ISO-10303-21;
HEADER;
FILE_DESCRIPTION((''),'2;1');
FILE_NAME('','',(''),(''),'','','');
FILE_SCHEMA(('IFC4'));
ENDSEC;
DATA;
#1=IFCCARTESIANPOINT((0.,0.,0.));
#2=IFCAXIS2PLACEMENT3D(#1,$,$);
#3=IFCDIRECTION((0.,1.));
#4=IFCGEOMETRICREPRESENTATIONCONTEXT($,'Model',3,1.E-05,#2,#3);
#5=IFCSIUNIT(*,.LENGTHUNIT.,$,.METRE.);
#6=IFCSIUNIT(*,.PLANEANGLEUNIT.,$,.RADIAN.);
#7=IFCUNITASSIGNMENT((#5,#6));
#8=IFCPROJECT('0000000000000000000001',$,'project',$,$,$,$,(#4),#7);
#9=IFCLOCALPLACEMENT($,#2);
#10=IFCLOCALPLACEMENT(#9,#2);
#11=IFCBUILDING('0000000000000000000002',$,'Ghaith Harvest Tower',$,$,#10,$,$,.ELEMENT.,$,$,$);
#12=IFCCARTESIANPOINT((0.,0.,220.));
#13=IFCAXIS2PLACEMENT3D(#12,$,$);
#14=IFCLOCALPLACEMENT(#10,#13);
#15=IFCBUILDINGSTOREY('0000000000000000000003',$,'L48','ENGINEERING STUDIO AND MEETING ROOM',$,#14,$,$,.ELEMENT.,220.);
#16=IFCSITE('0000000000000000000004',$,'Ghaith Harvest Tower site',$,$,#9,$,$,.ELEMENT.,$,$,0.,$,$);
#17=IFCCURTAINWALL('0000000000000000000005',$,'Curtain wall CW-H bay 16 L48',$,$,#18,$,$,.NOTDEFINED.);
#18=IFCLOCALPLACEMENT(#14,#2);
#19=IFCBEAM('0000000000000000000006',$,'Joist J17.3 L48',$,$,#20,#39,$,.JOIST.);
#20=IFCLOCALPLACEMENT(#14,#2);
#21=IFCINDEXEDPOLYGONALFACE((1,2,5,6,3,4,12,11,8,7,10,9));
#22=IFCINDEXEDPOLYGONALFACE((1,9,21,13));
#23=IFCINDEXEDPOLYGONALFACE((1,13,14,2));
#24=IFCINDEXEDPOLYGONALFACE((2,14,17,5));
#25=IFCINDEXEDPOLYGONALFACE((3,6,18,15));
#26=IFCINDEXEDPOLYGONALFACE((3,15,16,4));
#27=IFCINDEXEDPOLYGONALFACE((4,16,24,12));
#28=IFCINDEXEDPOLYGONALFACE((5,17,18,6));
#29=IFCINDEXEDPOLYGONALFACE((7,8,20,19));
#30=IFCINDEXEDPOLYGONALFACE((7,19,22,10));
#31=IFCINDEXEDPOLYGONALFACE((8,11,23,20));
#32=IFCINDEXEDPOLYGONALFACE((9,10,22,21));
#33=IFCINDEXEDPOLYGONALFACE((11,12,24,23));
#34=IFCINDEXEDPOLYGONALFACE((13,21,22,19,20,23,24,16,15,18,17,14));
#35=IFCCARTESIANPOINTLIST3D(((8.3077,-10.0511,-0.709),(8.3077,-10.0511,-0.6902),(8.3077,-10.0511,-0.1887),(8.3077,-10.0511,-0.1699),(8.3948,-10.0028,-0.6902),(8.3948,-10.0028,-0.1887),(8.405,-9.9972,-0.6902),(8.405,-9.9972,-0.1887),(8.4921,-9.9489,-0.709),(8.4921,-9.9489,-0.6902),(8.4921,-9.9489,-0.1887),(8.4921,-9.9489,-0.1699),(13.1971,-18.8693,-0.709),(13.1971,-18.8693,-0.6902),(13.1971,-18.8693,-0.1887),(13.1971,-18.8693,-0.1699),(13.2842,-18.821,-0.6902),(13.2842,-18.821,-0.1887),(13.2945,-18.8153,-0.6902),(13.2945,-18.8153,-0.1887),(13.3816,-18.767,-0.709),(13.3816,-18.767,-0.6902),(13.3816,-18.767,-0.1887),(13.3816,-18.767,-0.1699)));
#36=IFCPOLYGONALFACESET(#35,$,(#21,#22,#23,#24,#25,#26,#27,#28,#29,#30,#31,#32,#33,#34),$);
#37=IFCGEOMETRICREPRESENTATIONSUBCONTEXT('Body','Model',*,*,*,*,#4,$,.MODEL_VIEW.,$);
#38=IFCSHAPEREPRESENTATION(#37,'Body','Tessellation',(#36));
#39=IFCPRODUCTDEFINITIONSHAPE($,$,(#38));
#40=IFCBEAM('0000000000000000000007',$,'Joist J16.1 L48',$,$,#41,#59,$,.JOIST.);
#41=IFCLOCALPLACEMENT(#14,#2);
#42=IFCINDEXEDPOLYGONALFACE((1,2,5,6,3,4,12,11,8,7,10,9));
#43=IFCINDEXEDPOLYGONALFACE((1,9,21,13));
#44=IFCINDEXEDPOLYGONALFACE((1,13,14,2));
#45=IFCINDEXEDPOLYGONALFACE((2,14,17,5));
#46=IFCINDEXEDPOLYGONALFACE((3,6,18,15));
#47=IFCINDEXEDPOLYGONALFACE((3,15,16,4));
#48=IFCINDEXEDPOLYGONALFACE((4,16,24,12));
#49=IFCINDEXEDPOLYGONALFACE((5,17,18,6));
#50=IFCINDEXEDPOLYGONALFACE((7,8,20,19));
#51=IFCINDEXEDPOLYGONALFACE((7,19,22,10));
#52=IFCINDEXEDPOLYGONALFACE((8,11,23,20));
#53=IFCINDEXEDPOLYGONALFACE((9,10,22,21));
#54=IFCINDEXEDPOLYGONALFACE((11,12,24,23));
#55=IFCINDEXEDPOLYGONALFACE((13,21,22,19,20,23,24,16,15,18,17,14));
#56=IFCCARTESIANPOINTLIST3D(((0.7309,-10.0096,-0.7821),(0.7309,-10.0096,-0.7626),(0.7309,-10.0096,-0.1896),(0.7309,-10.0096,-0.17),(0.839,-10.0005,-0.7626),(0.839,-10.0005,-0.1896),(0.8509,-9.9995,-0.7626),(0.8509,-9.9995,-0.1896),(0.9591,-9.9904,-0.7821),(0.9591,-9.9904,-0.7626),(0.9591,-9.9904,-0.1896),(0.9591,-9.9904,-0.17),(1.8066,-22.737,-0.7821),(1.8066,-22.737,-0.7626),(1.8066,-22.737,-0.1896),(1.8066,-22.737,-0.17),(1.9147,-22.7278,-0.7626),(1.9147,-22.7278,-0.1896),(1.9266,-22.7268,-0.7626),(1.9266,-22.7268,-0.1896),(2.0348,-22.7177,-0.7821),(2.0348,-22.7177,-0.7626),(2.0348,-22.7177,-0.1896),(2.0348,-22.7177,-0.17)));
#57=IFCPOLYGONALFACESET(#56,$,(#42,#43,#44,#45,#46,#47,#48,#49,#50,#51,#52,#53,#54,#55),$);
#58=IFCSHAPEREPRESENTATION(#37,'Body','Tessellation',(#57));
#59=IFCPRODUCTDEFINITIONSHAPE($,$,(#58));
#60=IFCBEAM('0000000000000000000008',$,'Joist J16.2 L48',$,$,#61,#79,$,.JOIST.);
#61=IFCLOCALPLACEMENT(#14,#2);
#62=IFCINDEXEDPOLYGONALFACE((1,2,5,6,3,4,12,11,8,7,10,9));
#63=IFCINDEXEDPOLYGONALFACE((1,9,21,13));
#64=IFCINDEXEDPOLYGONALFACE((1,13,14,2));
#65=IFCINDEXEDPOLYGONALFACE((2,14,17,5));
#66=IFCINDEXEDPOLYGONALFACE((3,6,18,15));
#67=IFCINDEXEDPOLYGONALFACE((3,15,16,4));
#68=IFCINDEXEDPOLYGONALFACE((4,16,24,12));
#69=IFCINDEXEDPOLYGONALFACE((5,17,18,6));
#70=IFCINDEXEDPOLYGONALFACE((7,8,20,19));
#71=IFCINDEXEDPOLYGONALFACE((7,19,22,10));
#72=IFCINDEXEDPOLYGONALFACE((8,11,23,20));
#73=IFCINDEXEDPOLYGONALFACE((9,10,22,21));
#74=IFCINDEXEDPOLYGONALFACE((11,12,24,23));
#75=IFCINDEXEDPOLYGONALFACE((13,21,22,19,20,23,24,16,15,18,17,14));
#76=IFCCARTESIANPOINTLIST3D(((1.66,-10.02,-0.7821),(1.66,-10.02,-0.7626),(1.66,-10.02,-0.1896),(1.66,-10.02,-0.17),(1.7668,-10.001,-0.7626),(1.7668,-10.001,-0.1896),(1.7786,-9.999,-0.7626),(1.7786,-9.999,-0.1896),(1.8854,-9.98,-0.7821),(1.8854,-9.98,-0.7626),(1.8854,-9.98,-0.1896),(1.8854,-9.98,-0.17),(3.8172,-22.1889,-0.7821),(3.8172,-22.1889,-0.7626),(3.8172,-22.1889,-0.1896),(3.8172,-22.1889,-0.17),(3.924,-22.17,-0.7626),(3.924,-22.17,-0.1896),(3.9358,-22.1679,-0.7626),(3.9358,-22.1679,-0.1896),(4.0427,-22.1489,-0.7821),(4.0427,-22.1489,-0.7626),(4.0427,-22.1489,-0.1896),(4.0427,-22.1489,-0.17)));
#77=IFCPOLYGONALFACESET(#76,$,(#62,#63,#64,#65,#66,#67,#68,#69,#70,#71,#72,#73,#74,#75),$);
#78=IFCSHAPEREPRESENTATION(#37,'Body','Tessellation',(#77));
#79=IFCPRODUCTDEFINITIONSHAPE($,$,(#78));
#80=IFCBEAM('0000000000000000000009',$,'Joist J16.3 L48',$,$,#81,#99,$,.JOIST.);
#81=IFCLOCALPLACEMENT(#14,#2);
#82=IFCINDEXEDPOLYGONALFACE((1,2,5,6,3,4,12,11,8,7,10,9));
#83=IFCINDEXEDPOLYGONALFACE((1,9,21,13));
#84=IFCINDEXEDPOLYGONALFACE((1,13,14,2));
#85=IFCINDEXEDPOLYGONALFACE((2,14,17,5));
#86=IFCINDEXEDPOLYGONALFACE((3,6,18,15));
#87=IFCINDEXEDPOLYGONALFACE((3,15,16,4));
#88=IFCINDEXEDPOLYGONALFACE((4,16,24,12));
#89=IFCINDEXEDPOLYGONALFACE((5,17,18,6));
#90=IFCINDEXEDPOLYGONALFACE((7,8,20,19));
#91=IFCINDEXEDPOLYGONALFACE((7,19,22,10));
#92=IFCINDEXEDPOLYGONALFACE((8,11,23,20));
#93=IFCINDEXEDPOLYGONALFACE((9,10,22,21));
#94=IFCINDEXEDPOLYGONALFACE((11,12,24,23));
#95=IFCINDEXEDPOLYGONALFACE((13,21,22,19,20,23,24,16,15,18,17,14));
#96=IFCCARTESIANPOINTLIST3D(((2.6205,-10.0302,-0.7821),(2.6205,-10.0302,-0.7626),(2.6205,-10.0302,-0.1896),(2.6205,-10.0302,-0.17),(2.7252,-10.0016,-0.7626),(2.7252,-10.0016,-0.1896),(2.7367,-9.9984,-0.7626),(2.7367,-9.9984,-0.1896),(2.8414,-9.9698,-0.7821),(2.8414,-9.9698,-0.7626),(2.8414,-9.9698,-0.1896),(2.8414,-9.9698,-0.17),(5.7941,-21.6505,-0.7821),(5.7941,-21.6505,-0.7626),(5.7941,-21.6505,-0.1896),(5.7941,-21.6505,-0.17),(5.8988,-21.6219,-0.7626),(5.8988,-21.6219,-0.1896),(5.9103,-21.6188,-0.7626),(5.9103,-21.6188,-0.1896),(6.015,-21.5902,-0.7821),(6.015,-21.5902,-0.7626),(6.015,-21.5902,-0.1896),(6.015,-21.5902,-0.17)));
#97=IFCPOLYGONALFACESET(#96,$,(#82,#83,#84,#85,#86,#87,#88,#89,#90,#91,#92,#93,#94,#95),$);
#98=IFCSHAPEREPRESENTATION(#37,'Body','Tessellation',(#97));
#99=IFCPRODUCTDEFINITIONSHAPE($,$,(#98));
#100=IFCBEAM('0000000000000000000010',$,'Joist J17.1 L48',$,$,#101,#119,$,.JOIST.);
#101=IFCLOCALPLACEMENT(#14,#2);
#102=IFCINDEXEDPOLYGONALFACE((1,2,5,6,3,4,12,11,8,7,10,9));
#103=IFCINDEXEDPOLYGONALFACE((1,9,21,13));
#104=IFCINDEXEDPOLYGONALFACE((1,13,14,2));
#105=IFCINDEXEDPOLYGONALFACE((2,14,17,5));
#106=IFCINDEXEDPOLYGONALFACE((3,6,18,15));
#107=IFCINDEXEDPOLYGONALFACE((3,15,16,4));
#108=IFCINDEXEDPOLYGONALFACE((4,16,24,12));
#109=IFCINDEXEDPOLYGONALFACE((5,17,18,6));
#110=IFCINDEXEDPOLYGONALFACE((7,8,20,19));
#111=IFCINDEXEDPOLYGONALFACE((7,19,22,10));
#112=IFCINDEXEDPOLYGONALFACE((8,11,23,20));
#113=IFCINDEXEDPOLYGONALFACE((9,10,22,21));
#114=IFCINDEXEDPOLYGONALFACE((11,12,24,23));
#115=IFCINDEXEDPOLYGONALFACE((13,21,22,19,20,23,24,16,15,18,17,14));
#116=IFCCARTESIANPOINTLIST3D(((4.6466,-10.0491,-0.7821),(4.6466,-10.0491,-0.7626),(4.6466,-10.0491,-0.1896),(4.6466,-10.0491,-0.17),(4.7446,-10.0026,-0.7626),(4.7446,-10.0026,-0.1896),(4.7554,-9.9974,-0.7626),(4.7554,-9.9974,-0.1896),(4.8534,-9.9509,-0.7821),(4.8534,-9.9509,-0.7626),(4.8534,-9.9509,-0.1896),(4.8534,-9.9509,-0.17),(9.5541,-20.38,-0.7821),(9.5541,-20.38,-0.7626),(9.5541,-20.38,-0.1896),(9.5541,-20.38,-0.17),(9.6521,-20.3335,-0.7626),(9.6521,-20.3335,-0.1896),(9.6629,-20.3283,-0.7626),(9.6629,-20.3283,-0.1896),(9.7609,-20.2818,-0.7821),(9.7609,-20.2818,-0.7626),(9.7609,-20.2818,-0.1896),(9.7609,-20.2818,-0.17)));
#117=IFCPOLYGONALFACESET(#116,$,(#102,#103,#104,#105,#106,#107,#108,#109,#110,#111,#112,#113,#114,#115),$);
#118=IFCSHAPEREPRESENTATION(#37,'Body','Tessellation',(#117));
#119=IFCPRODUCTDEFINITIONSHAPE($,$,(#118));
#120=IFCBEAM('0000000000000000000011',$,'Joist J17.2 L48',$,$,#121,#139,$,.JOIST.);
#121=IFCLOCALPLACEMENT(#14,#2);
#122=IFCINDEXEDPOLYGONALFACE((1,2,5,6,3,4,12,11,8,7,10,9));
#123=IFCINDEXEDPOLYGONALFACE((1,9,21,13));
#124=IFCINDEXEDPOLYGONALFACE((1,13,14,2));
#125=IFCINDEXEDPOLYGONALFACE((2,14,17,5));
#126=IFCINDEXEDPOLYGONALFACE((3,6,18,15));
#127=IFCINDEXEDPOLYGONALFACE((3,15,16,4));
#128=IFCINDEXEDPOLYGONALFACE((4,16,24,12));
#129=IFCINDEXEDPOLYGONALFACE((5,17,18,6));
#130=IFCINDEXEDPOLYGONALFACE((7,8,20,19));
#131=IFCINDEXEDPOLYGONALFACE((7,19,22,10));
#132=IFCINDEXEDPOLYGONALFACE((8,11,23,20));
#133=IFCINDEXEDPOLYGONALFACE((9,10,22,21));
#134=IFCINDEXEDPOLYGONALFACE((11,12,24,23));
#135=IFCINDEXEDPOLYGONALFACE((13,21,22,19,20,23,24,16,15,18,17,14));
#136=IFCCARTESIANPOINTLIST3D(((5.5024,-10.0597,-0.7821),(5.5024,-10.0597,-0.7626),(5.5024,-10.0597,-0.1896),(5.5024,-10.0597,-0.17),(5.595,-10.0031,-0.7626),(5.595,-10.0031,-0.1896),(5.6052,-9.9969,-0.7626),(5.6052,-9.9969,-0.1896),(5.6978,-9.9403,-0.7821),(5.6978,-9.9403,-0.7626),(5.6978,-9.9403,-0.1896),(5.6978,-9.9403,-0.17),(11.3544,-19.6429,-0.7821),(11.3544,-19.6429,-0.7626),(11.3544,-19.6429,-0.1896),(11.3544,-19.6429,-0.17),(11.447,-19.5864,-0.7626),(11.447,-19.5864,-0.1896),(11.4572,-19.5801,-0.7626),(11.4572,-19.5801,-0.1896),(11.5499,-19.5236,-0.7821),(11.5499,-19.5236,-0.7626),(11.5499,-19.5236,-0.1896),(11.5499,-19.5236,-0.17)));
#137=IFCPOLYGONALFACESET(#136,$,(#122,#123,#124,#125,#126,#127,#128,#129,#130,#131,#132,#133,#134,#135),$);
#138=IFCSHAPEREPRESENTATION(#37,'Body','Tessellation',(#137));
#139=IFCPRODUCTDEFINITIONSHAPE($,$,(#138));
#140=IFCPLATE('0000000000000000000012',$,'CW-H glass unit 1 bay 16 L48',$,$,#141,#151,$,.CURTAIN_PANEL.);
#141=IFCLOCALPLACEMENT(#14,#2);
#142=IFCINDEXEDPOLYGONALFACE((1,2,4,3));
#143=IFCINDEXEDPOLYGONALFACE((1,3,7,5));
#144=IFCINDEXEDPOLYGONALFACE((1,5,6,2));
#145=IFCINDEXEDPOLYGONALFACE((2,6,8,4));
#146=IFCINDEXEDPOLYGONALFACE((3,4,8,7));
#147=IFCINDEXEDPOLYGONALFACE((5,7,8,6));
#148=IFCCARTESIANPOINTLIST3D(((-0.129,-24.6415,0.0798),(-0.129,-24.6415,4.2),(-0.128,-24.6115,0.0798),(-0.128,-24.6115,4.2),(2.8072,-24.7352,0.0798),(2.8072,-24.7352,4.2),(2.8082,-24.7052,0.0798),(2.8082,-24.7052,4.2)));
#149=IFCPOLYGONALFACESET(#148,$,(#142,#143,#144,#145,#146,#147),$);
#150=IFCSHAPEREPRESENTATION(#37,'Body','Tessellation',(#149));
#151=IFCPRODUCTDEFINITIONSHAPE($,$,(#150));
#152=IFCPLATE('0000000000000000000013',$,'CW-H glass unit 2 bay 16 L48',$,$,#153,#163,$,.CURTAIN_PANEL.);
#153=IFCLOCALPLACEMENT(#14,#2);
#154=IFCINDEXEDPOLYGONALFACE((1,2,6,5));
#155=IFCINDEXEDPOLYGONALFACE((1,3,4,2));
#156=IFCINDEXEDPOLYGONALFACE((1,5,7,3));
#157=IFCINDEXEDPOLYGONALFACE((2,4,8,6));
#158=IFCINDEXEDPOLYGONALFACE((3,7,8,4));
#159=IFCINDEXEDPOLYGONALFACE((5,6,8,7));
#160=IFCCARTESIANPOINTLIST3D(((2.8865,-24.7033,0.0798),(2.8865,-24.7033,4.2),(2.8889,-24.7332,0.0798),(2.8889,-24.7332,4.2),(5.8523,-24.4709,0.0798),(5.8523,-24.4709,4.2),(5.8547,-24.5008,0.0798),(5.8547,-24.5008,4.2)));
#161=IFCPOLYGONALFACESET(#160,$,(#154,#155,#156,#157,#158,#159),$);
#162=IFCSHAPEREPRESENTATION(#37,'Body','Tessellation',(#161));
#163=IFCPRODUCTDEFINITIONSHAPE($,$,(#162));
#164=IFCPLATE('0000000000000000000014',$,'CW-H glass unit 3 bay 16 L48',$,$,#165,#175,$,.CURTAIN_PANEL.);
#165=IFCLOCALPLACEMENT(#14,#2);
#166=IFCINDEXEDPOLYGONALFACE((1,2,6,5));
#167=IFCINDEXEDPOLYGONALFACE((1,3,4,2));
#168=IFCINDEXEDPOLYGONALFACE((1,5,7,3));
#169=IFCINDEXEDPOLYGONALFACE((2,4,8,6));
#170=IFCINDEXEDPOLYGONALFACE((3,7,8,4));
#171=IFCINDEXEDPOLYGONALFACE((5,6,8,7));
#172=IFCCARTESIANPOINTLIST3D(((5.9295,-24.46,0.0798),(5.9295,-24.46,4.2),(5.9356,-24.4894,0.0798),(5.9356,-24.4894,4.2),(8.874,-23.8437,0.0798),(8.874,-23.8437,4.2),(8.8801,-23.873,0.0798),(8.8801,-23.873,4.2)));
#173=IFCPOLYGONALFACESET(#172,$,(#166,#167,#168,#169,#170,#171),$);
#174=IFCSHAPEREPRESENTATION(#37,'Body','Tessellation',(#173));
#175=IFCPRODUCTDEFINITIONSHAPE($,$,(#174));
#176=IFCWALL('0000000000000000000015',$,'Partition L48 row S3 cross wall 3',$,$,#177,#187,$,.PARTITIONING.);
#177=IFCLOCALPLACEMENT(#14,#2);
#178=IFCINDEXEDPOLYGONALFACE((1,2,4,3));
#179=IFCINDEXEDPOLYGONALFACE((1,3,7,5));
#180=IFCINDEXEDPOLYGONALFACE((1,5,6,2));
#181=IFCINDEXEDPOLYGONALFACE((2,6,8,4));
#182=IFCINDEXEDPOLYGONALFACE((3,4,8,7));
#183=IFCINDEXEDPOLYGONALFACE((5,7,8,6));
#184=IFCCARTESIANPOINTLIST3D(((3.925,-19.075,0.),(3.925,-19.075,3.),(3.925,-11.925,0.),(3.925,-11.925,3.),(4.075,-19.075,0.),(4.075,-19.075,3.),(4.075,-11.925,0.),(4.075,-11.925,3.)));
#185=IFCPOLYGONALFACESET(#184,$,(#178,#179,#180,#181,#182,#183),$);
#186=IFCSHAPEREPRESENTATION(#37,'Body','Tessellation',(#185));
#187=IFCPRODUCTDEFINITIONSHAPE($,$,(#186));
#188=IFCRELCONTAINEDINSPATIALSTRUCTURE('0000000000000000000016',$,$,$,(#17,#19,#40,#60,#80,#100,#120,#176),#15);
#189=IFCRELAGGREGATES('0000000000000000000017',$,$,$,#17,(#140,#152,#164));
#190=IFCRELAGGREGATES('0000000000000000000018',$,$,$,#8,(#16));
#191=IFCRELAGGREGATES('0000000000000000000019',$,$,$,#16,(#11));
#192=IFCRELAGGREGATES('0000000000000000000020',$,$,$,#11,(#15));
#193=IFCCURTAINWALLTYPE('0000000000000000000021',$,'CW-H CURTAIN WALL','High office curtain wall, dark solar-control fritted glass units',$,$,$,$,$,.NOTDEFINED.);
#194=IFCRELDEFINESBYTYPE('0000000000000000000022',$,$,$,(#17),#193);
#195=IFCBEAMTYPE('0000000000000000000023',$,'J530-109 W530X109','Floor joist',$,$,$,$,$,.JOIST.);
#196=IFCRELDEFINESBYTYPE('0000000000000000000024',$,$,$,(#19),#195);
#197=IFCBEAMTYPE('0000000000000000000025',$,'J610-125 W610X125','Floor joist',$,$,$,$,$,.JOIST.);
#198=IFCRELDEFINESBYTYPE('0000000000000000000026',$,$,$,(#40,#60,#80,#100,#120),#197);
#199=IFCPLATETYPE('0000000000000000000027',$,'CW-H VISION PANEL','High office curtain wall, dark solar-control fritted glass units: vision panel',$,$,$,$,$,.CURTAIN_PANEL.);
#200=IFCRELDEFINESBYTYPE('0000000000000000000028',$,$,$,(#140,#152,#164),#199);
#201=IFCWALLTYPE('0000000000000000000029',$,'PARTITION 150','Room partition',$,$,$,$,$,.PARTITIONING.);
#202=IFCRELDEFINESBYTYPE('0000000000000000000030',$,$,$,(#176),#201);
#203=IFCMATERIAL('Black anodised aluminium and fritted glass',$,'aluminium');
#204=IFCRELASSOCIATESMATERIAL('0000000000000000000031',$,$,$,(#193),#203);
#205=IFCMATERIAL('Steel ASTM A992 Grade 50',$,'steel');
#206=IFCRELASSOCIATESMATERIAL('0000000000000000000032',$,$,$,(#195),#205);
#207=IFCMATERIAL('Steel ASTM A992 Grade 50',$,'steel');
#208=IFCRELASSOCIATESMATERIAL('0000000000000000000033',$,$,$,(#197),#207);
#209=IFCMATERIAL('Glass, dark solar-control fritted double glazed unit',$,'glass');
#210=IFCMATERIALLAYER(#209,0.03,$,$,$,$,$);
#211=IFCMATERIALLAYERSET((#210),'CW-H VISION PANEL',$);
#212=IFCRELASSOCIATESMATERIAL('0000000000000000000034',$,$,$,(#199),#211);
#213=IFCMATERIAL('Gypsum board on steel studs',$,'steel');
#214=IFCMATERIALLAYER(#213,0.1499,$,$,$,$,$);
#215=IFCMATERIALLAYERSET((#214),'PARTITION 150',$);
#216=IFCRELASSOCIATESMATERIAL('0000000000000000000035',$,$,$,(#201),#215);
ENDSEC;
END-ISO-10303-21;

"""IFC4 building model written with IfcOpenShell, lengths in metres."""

from ifc_helpers import new_model, si_unit, direction, frame, frame_2d, origin, origin_2d, place, context, subcontext, project, spatial, rectangle, i_section, extrude, material, layer, layer_set, material_profile, profile_set, type_object, element, aggregate, save


model = new_model("IFC4")

# Units and contexts
model_context = context("Model", 3, precision=1e-05, world=origin(), true_north=direction((0.0, 1.0)))
body_context = subcontext(model_context, "Body", "Model", "MODEL_VIEW")
ifc_project = project(units=[si_unit("LENGTHUNIT", "METRE"), si_unit("PLANEANGLEUNIT", "RADIAN")], contexts=[model_context])

# Site, building, storey
site_placement = place(None, origin())
site = spatial("IfcSite", under=ifc_project, at=site_placement, Name="Ghaith Harvest Tower site", CompositionType="ELEMENT", RefElevation=0.0)
building_placement = place(site_placement, origin())
building = spatial("IfcBuilding", under=site, at=building_placement, Name="Ghaith Harvest Tower", CompositionType="ELEMENT")
storey_placement = place(building_placement, frame((0.0, 0.0, 220.0)))
storey = spatial("IfcBuildingStorey", under=building, at=storey_placement, Name="L48", Description="ENGINEERING STUDIO AND MEETING ROOM", CompositionType="ELEMENT", Elevation=220.0)

# Curtain wall
ifc_material_1 = material(Name="Black anodised aluminium and fritted glass", Category="aluminium")
curtain_wall_type = type_object("IfcCurtainWallType", Name="CW-H CURTAIN WALL", Description="High office curtain wall, dark solar-control fritted glass units", PredefinedType="NOTDEFINED", material=ifc_material_1)
curtain_wall_1_placement = place(storey_placement, origin())
curtain_wall_1 = element("IfcCurtainWall", 1, at=curtain_wall_1_placement, inside=storey, type_object=curtain_wall_type, Name="Curtain wall CW-H bay 16 L48", PredefinedType="NOTDEFINED")

# Beams
ifc_material_2 = material(Name="Steel ASTM A992 Grade 50", Category="steel")
ifc_material_profile_1 = material_profile(ifc_material_2, i_section(OverallWidth=0.2109, OverallDepth=0.5391, WebThickness=0.0117, FlangeThickness=0.0188, at=origin_2d()), Name="W530X109")
ifc_profile_set_1 = profile_set([ifc_material_profile_1], Name="Steel ASTM A992 Grade 50")
beam_type_1 = type_object("IfcBeamType", Name="J530-109 W530X109", Description="Floor joist", PredefinedType="JOIST", material=ifc_profile_set_1)
beam_1_placement = place(storey_placement, frame((8.3999, -10.0, -0.4395), z_axis=(0.484919, -0.874559, 0.0), x_axis=(0.874559, 0.484919, 0.0)))
element("IfcBeam", 2, at=beam_1_placement, inside=storey, type_object=beam_type_1, Name="Joist J17.3 L48", PredefinedType="JOIST", context=body_context, shape_type="SweptSolid", body=[
    extrude(i_section(OverallWidth=0.2109, OverallDepth=0.5391, WebThickness=0.0117, FlangeThickness=0.0188, at=origin_2d()), origin(), (0.0, 0.0, 1.0), 10.083),
])
ifc_material_3 = material(Name="Steel ASTM A992 Grade 50", Category="steel")
ifc_material_profile_2 = material_profile(ifc_material_3, i_section(OverallWidth=0.229, OverallDepth=0.6121, WebThickness=0.012, FlangeThickness=0.0195, at=origin_2d()), Name="W610X125")
ifc_profile_set_2 = profile_set([ifc_material_profile_2], Name="Steel ASTM A992 Grade 50")
beam_type_2 = type_object("IfcBeamType", Name="J610-125 W610X125", Description="Floor joist", PredefinedType="JOIST", material=ifc_profile_set_2)
beam_2_placement = place(storey_placement, frame((0.845, -10.0, -0.4761), z_axis=(0.084218, -0.996447, 0.0), x_axis=(0.996447, 0.084218, 0.0)))
element("IfcBeam", 3, at=beam_2_placement, inside=storey, type_object=beam_type_2, Name="Joist J16.1 L48", PredefinedType="JOIST", context=body_context, shape_type="SweptSolid", body=[
    extrude(i_section(OverallWidth=0.229, OverallDepth=0.6121, WebThickness=0.012, FlangeThickness=0.0195, at=origin_2d()), origin(), (0.0, 0.0, 1.0), 12.7727),
])
beam_3_placement = place(storey_placement, frame((1.7727, -10.0, -0.4761), z_axis=(0.174552, -0.984648, 0.0), x_axis=(0.984648, 0.174552, 0.0)))
element("IfcBeam", 4, at=beam_3_placement, inside=storey, type_object=beam_type_2, Name="Joist J16.2 L48", PredefinedType="JOIST", context=body_context, shape_type="SweptSolid", body=[
    extrude(i_section(OverallWidth=0.229, OverallDepth=0.6121, WebThickness=0.012, FlangeThickness=0.0195, at=origin_2d()), origin(), (0.0, 0.0, 1.0), 12.3586),
])
beam_4_placement = place(storey_placement, frame((2.731, -10.0, -0.4761), z_axis=(0.263457, -0.964671, 0.0), x_axis=(0.964671, 0.263457, 0.0)))
element("IfcBeam", 5, at=beam_4_placement, inside=storey, type_object=beam_type_2, Name="Joist J16.3 L48", PredefinedType="JOIST", context=body_context, shape_type="SweptSolid", body=[
    extrude(i_section(OverallWidth=0.229, OverallDepth=0.6121, WebThickness=0.012, FlangeThickness=0.0195, at=origin_2d()), origin(), (0.0, 0.0, 1.0), 12.0459),
])
beam_5_placement = place(storey_placement, frame((4.75, -10.0, -0.4761), z_axis=(0.429081, -0.903266, 0.0), x_axis=(0.903266, 0.429081, 0.0)))
element("IfcBeam", 6, at=beam_5_placement, inside=storey, type_object=beam_type_2, Name="Joist J17.1 L48", PredefinedType="JOIST", context=body_context, shape_type="SweptSolid", body=[
    extrude(i_section(OverallWidth=0.229, OverallDepth=0.6121, WebThickness=0.012, FlangeThickness=0.0195, at=origin_2d()), origin(), (0.0, 0.0, 1.0), 11.4373),
])
beam_6_placement = place(storey_placement, frame((5.6001, -10.0, -0.4761), z_axis=(0.521166, -0.853455, 0.0), x_axis=(0.853455, 0.521166, 0.0)))
element("IfcBeam", 7, at=beam_6_placement, inside=storey, type_object=beam_type_2, Name="Joist J17.2 L48", PredefinedType="JOIST", context=body_context, shape_type="SweptSolid", body=[
    extrude(i_section(OverallWidth=0.229, OverallDepth=0.6121, WebThickness=0.012, FlangeThickness=0.0195, at=origin_2d()), origin(), (0.0, 0.0, 1.0), 11.2288),
])

# Plates
ifc_material_4 = material(Name="Glass, dark solar-control fritted double glazed unit", Category="glass")
ifc_layer_1 = layer(ifc_material_4, 0.03)
ifc_layer_set_1 = layer_set([ifc_layer_1], Name="CW-H VISION PANEL")
plate_type = type_object("IfcPlateType", Name="CW-H VISION PANEL", Description="High office curtain wall, dark solar-control fritted glass units: vision panel", PredefinedType="CURTAIN_PANEL", material=ifc_layer_set_1)
plate_1_placement = place(storey_placement, frame((1.3396, -24.6733, 0.0798), z_axis=(0.0, 0.0, 1.0), x_axis=(0.999491, -0.031894, 0.0)))
plate_1 = element("IfcPlate", 8, at=plate_1_placement, type_object=plate_type, Name="CW-H glass unit 1 bay 16 L48", PredefinedType="CURTAIN_PANEL", context=body_context, shape_type="SweptSolid", body=[
    extrude(rectangle(XDim=2.9377, YDim=0.03, at=origin_2d()), origin(), (0.0, 0.0, 1.0), 4.1201),
])
plate_2_placement = place(storey_placement, frame((4.3706, -24.6021, 0.0798), z_axis=(0.0, 0.0, 1.0), x_axis=(0.996945, 0.078101, 0.0)))
plate_2 = element("IfcPlate", 9, at=plate_2_placement, type_object=plate_type, Name="CW-H glass unit 2 bay 16 L48", PredefinedType="CURTAIN_PANEL", context=body_context, shape_type="SweptSolid", body=[
    extrude(rectangle(XDim=2.9749, YDim=0.03, at=origin_2d()), origin(), (0.0, 0.0, 1.0), 4.1201),
])
plate_3_placement = place(storey_placement, frame((7.4048, -24.1665, 0.0798), z_axis=(0.0, 0.0, 1.0), x_axis=(0.978789, 0.204872, 0.0)))
plate_3 = element("IfcPlate", 10, at=plate_3_placement, type_object=plate_type, Name="CW-H glass unit 3 bay 16 L48", PredefinedType="CURTAIN_PANEL", context=body_context, shape_type="SweptSolid", body=[
    extrude(rectangle(XDim=3.0083, YDim=0.03, at=origin_2d()), origin(), (0.0, 0.0, 1.0), 4.1201),
])
aggregate(curtain_wall_1, [plate_1, plate_2, plate_3])

# Wall
ifc_material_5 = material(Name="Gypsum board on steel studs", Category="steel")
ifc_layer_2 = layer(ifc_material_5, 0.1499)
ifc_layer_set_2 = layer_set([ifc_layer_2], Name="PARTITION 150")
wall_type = type_object("IfcWallType", Name="PARTITION 150", Description="Room partition", PredefinedType="PARTITIONING", material=ifc_layer_set_2)
wall_1_placement = place(storey_placement, frame((4.0, -11.925, 0.0), z_axis=(0.0, 0.0, 1.0), x_axis=(0.0, -1.0, 0.0)))
element("IfcWall", 11, at=wall_1_placement, inside=storey, type_object=wall_type, Name="Partition L48 row S3 cross wall 3", PredefinedType="PARTITIONING", context=body_context, shape_type="SweptSolid", body=[
    extrude(rectangle(XDim=7.1499, YDim=0.1499, at=frame_2d((3.575, 0.0))), origin(), (0.0, 0.0, 1.0), 3.0),
])

save(model, "model.ifc")
